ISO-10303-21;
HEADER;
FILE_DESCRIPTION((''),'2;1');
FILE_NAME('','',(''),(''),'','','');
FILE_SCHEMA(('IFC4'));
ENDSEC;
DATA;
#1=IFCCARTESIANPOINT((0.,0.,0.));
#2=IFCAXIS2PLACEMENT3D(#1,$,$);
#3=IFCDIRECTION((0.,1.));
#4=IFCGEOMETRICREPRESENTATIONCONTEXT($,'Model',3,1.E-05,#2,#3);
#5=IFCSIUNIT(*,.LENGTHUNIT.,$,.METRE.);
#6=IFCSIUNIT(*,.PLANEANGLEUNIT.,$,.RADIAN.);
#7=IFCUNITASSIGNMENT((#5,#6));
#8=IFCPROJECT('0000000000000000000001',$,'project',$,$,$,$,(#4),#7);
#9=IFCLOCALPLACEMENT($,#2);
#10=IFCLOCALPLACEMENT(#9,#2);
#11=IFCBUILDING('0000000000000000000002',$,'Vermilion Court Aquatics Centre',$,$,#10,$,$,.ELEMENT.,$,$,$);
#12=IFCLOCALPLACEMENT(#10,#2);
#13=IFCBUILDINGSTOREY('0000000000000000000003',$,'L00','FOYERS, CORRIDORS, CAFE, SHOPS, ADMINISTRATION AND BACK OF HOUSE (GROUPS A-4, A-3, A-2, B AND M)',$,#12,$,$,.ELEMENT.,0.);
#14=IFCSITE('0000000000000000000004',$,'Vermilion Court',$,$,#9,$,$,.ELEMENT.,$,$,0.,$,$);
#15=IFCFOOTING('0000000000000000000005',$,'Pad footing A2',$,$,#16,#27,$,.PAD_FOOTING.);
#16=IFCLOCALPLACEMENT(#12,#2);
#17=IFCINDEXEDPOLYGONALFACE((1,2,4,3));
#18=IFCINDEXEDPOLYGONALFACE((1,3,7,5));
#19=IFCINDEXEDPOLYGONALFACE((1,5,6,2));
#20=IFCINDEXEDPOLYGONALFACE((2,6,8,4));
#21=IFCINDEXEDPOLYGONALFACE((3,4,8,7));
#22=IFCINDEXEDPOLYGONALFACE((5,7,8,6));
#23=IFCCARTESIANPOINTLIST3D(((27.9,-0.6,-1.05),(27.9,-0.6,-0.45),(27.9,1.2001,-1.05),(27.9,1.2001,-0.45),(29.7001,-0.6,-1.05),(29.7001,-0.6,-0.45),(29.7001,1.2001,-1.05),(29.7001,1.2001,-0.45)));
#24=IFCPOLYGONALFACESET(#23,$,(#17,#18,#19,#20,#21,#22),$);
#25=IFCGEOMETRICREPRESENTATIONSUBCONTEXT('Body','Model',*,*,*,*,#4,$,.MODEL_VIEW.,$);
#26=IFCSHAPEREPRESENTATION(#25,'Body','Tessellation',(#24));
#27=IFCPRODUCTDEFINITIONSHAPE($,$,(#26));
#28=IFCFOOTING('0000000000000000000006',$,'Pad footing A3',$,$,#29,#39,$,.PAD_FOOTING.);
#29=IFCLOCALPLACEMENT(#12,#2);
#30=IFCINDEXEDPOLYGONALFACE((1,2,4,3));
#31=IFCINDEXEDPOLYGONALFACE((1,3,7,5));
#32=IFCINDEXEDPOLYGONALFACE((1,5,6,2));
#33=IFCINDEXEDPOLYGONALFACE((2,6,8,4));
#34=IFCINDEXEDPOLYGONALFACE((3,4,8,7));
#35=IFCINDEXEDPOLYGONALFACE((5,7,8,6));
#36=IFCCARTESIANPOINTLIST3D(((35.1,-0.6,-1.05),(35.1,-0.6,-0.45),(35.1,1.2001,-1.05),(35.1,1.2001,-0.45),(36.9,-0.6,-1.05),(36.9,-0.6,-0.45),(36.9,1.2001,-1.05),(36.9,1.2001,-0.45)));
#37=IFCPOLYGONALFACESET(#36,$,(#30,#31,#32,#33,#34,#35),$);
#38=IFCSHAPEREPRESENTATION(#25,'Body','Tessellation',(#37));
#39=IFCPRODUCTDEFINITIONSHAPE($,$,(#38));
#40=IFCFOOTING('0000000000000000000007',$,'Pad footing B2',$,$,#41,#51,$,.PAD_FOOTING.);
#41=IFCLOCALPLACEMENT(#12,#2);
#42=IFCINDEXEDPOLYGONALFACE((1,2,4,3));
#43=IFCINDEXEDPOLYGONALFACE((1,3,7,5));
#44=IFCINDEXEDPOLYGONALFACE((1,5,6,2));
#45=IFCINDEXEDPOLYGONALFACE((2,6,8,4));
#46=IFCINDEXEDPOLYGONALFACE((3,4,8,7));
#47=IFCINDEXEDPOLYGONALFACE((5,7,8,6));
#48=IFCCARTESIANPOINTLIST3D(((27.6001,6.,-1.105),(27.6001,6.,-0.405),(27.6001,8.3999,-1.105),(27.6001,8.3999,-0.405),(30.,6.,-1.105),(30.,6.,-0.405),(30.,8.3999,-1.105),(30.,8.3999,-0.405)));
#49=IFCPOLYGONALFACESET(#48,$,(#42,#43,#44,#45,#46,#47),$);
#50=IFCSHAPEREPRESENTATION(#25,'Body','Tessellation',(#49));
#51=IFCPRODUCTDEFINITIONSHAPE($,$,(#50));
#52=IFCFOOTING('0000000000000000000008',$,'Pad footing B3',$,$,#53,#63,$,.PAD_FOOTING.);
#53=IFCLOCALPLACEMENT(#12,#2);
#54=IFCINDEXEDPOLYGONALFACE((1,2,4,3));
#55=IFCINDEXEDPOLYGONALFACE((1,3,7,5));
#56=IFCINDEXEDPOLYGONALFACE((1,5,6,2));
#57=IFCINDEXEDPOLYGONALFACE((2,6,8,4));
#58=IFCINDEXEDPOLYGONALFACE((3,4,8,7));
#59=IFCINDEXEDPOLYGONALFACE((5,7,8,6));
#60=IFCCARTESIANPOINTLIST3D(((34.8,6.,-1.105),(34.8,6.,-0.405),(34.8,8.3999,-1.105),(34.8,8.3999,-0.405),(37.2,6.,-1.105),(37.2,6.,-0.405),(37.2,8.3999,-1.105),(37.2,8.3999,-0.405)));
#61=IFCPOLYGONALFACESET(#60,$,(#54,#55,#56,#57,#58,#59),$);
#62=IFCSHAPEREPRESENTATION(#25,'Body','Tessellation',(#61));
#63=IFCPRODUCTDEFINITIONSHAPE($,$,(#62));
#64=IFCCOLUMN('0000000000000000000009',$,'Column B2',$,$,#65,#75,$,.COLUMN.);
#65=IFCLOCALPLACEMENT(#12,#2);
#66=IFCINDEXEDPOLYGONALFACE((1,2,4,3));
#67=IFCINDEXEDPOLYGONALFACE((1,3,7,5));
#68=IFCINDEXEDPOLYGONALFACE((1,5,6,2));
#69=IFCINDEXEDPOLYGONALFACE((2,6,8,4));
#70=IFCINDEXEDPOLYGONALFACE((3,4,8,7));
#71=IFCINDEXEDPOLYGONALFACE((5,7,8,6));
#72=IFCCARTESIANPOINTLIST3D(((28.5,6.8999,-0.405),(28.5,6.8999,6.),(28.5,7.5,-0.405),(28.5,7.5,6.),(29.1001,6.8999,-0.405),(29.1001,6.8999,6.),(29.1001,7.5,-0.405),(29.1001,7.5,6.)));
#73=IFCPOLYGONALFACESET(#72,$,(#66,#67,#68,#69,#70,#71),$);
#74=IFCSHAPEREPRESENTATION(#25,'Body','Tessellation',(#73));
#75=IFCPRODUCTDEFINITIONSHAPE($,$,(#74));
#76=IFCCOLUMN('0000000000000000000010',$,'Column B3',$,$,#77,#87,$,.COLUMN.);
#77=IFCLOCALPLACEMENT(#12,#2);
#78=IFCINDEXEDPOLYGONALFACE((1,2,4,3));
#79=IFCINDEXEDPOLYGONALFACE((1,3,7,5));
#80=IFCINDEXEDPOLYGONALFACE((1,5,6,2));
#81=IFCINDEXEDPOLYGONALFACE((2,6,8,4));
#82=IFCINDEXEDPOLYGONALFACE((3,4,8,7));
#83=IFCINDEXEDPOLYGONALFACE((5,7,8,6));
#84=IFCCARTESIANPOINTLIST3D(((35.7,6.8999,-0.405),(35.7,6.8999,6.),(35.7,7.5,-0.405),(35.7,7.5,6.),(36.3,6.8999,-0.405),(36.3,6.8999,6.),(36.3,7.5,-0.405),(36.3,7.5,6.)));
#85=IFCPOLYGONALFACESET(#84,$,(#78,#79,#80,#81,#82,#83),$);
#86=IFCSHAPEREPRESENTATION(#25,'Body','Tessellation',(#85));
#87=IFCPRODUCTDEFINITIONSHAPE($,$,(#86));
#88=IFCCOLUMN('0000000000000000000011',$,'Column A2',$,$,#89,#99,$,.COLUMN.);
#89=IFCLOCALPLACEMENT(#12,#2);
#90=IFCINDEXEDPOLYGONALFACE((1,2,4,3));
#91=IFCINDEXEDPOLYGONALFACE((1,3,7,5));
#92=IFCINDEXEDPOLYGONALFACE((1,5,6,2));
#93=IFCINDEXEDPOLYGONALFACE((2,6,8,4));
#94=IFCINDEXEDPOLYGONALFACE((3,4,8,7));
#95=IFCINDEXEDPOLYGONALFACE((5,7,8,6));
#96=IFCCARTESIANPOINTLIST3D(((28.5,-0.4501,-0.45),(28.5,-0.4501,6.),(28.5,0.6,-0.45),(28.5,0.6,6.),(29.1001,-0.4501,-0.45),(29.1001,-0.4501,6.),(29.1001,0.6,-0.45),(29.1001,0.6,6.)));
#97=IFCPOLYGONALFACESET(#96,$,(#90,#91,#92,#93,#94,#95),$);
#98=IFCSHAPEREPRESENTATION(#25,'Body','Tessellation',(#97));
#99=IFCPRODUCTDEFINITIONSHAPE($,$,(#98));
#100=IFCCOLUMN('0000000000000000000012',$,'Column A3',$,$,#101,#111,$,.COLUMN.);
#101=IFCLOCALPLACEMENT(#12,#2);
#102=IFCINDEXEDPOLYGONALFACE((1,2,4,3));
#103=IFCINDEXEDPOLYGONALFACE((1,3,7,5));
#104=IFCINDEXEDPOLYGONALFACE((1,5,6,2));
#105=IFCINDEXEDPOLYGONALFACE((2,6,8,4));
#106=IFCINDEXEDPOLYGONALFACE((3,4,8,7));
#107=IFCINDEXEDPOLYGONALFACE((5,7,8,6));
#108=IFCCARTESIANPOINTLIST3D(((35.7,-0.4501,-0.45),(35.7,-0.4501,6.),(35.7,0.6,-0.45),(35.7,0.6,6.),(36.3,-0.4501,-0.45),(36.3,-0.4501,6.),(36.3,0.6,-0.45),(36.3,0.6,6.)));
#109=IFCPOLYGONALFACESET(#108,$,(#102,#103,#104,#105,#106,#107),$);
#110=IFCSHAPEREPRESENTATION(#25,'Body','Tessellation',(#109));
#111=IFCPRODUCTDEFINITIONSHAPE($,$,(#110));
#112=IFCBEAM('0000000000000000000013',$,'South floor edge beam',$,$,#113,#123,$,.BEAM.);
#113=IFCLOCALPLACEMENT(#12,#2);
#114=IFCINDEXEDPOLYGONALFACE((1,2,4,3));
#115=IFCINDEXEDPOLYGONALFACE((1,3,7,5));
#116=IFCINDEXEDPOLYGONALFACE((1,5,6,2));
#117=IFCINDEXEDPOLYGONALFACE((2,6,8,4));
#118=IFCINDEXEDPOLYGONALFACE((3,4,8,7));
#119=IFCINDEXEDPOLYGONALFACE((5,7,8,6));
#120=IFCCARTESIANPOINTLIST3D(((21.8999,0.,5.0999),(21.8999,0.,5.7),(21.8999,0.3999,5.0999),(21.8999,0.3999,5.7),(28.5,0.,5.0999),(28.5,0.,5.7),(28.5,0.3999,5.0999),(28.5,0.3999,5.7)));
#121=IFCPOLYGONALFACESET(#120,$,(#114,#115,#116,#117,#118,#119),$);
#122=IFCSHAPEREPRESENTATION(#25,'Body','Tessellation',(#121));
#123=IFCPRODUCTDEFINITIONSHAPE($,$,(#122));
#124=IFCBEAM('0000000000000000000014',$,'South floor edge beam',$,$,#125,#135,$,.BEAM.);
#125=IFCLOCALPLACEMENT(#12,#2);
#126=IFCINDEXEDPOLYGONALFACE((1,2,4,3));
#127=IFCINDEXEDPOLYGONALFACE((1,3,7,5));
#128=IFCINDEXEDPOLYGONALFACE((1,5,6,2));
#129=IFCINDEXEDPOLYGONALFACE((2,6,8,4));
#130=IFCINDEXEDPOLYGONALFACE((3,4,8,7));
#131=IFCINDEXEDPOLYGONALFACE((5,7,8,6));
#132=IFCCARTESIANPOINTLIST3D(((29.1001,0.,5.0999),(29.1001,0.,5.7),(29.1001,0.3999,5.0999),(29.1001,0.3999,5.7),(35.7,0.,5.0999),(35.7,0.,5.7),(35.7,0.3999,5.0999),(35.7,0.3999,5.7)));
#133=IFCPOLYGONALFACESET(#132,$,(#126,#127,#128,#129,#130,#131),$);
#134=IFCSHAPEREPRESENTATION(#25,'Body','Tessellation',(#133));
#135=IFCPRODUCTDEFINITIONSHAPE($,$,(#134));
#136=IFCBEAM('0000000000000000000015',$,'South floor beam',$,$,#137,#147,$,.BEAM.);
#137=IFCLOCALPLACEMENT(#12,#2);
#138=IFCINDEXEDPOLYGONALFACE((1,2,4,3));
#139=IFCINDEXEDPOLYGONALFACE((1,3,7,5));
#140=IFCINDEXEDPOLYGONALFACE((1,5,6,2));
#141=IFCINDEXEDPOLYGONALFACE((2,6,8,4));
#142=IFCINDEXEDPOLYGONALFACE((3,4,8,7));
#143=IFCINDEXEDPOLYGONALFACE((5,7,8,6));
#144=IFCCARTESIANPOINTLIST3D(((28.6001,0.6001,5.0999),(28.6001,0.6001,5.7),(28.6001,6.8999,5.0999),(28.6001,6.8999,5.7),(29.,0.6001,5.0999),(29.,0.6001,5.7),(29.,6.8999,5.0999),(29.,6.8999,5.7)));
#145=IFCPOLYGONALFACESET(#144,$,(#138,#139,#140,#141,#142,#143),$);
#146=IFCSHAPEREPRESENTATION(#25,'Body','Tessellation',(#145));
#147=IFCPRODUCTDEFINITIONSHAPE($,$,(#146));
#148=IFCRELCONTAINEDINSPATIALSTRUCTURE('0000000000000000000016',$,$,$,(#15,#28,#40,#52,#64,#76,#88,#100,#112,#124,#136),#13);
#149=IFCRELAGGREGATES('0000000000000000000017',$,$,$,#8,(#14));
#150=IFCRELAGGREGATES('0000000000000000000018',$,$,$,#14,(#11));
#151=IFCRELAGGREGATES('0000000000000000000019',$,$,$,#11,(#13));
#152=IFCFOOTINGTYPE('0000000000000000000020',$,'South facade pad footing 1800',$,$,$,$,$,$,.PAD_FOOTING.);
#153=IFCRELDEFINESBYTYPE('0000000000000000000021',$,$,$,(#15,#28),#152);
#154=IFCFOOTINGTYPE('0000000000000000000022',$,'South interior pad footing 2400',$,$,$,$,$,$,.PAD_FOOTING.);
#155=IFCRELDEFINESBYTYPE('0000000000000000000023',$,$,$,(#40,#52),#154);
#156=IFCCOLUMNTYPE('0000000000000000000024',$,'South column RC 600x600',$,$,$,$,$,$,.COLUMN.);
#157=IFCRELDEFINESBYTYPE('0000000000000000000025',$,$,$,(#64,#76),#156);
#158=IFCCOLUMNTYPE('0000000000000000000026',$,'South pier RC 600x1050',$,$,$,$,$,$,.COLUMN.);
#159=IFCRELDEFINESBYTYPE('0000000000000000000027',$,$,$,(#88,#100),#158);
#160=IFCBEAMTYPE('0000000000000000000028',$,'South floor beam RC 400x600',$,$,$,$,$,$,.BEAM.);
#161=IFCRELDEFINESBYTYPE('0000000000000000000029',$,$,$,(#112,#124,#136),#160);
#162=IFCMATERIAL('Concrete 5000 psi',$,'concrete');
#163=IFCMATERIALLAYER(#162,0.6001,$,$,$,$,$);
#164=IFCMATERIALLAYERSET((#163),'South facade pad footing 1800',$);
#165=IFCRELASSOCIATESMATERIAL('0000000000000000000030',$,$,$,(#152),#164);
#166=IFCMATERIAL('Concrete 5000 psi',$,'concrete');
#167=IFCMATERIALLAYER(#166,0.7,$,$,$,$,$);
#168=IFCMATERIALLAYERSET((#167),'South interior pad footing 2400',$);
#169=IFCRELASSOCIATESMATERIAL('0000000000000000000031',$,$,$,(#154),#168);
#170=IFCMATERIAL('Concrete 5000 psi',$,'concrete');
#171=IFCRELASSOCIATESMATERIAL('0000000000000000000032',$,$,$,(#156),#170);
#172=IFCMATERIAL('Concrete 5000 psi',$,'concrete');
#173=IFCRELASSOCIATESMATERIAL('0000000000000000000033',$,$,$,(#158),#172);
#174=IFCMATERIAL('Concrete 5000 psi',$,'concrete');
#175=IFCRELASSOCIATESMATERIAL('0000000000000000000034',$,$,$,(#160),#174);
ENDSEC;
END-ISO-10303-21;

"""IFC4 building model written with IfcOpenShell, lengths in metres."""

from ifc_helpers import new_model, si_unit, direction, frame, origin, origin_2d, place, context, subcontext, project, spatial, rectangle, extrude, material, layer, layer_set, material_profile, profile_set, type_object, element, save


model = new_model("IFC4")

# Units and contexts
model_context = context("Model", 3, precision=1e-05, world=origin(), true_north=direction((0.0, 1.0)))
body_context = subcontext(model_context, "Body", "Model", "MODEL_VIEW")
ifc_project = project(units=[si_unit("LENGTHUNIT", "METRE"), si_unit("PLANEANGLEUNIT", "RADIAN")], contexts=[model_context])

# Site, building, storey
site_placement = place(None, origin())
site = spatial("IfcSite", under=ifc_project, at=site_placement, Name="Vermilion Court", CompositionType="ELEMENT", RefElevation=0.0)
building_placement = place(site_placement, origin())
building = spatial("IfcBuilding", under=site, at=building_placement, Name="Vermilion Court Aquatics Centre", CompositionType="ELEMENT")
storey_placement = place(building_placement, origin())
storey = spatial("IfcBuildingStorey", under=building, at=storey_placement, Name="L00", Description="FOYERS, CORRIDORS, CAFE, SHOPS, ADMINISTRATION AND BACK OF HOUSE (GROUPS A-4, A-3, A-2, B AND M)", CompositionType="ELEMENT", Elevation=0.0)

# Footings
ifc_material_1 = material(Name="Concrete 5000 psi", Category="concrete")
ifc_layer_1 = layer(ifc_material_1, 0.6001)
ifc_layer_set_1 = layer_set([ifc_layer_1], Name="South facade pad footing 1800")
footing_type_1 = type_object("IfcFootingType", Name="South facade pad footing 1800", PredefinedType="PAD_FOOTING", material=ifc_layer_set_1)
for number, where, z_axis, x_axis, name in (
    (1, (28.8, 0.3, -1.05), (0.0, 0.0, 1.0), (1.0, 0.0, 0.0), "Pad footing A2"),
    (2, (36.0, 0.3, -1.05), (0.0, 0.0, 1.0), (1.0, 0.0, 0.0), "Pad footing A3"),
):
    element("IfcFooting", number, at=place(storey_placement, frame(where, z_axis=z_axis, x_axis=x_axis)), inside=storey, type_object=footing_type_1, Name=name, PredefinedType="PAD_FOOTING", context=body_context, shape_type="SweptSolid", body=[
        extrude(rectangle(XDim=1.8, YDim=1.8, at=origin_2d()), origin(), (0.0, 0.0, 1.0), 0.6001),
    ])
ifc_material_2 = material(Name="Concrete 5000 psi", Category="concrete")
ifc_layer_2 = layer(ifc_material_2, 0.7)
ifc_layer_set_2 = layer_set([ifc_layer_2], Name="South interior pad footing 2400")
footing_type_2 = type_object("IfcFootingType", Name="South interior pad footing 2400", PredefinedType="PAD_FOOTING", material=ifc_layer_set_2)
for number, where, z_axis, x_axis, name in (
    (3, (28.8, 7.2, -1.105), (0.0, 0.0, 1.0), (1.0, 0.0, 0.0), "Pad footing B2"),
    (4, (36.0, 7.2, -1.105), (0.0, 0.0, 1.0), (1.0, 0.0, 0.0), "Pad footing B3"),
):
    element("IfcFooting", number, at=place(storey_placement, frame(where, z_axis=z_axis, x_axis=x_axis)), inside=storey, type_object=footing_type_2, Name=name, PredefinedType="PAD_FOOTING", context=body_context, shape_type="SweptSolid", body=[
        extrude(rectangle(XDim=2.3999, YDim=2.3999, at=origin_2d()), origin(), (0.0, 0.0, 1.0), 0.7),
    ])

# Columns
ifc_material_3 = material(Name="Concrete 5000 psi", Category="concrete")
ifc_material_profile_1 = material_profile(ifc_material_3, rectangle(XDim=0.6001, YDim=0.6001, at=origin_2d()), Name="RC 600x600")
ifc_profile_set_1 = profile_set([ifc_material_profile_1], Name="Concrete 5000 psi")
column_type_1 = type_object("IfcColumnType", Name="South column RC 600x600", PredefinedType="COLUMN", material=ifc_profile_set_1)
for number, where, z_axis, x_axis, name in (
    (5, (28.8, 7.2, -0.405), (0.0, 0.0, 1.0), (1.0, 0.0, 0.0), "Column B2"),
    (6, (36.0, 7.2, -0.405), (0.0, 0.0, 1.0), (1.0, 0.0, 0.0), "Column B3"),
):
    element("IfcColumn", number, at=place(storey_placement, frame(where, z_axis=z_axis, x_axis=x_axis)), inside=storey, type_object=column_type_1, Name=name, PredefinedType="COLUMN", context=body_context, shape_type="SweptSolid", body=[
        extrude(rectangle(XDim=0.6001, YDim=0.6001, at=origin_2d()), origin(), (0.0, 0.0, 1.0), 6.405),
    ])
ifc_material_4 = material(Name="Concrete 5000 psi", Category="concrete")
ifc_material_profile_2 = material_profile(ifc_material_4, rectangle(XDim=0.6001, YDim=1.05, at=origin_2d()), Name="RC 600x1050")
ifc_profile_set_2 = profile_set([ifc_material_profile_2], Name="Concrete 5000 psi")
column_type_2 = type_object("IfcColumnType", Name="South pier RC 600x1050", PredefinedType="COLUMN", material=ifc_profile_set_2)
for number, where, z_axis, x_axis, name in (
    (7, (28.8, 0.075, -0.45), (0.0, 0.0, 1.0), (1.0, 0.0, 0.0), "Column A2"),
    (8, (36.0, 0.075, -0.45), (0.0, 0.0, 1.0), (1.0, 0.0, 0.0), "Column A3"),
):
    element("IfcColumn", number, at=place(storey_placement, frame(where, z_axis=z_axis, x_axis=x_axis)), inside=storey, type_object=column_type_2, Name=name, PredefinedType="COLUMN", context=body_context, shape_type="SweptSolid", body=[
        extrude(rectangle(XDim=0.6001, YDim=1.05, at=origin_2d()), origin(), (0.0, 0.0, 1.0), 6.45),
    ])

# Beams
ifc_material_5 = material(Name="Concrete 5000 psi", Category="concrete")
ifc_material_profile_3 = material_profile(ifc_material_5, rectangle(XDim=0.3999, YDim=0.6001, at=origin_2d()), Name="RC 400x600")
ifc_profile_set_3 = profile_set([ifc_material_profile_3], Name="Concrete 5000 psi")
beam_type = type_object("IfcBeamType", Name="South floor beam RC 400x600", PredefinedType="BEAM", material=ifc_profile_set_3)
beam_1_placement = place(storey_placement, frame((21.8999, 0.2, 5.3999), z_axis=(1.0, 0.0, 0.0), x_axis=(0.0, 1.0, 0.0)))
element("IfcBeam", 9, at=beam_1_placement, inside=storey, type_object=beam_type, Name="South floor edge beam", PredefinedType="BEAM", context=body_context, shape_type="SweptSolid", body=[
    extrude(rectangle(XDim=0.3999, YDim=0.6001, at=origin_2d()), origin(), (0.0, 0.0, 1.0), 6.6001),
])
beam_2_placement = place(storey_placement, frame((29.1001, 0.2, 5.3999), z_axis=(1.0, 0.0, 0.0), x_axis=(0.0, 1.0, 0.0)))
element("IfcBeam", 10, at=beam_2_placement, inside=storey, type_object=beam_type, Name="South floor edge beam", PredefinedType="BEAM", context=body_context, shape_type="SweptSolid", body=[
    extrude(rectangle(XDim=0.3999, YDim=0.6001, at=origin_2d()), origin(), (0.0, 0.0, 1.0), 6.5999),
])
beam_3_placement = place(storey_placement, frame((28.8, 0.6001, 5.3999), z_axis=(0.0, 1.0, 0.0), x_axis=(-1.0, 0.0, 0.0)))
element("IfcBeam", 11, at=beam_3_placement, inside=storey, type_object=beam_type, Name="South floor beam", PredefinedType="BEAM", context=body_context, shape_type="SweptSolid", body=[
    extrude(rectangle(XDim=0.3999, YDim=0.6001, at=origin_2d()), origin(), (0.0, 0.0, 1.0), 6.2998),
])

save(model, "model.ifc")
